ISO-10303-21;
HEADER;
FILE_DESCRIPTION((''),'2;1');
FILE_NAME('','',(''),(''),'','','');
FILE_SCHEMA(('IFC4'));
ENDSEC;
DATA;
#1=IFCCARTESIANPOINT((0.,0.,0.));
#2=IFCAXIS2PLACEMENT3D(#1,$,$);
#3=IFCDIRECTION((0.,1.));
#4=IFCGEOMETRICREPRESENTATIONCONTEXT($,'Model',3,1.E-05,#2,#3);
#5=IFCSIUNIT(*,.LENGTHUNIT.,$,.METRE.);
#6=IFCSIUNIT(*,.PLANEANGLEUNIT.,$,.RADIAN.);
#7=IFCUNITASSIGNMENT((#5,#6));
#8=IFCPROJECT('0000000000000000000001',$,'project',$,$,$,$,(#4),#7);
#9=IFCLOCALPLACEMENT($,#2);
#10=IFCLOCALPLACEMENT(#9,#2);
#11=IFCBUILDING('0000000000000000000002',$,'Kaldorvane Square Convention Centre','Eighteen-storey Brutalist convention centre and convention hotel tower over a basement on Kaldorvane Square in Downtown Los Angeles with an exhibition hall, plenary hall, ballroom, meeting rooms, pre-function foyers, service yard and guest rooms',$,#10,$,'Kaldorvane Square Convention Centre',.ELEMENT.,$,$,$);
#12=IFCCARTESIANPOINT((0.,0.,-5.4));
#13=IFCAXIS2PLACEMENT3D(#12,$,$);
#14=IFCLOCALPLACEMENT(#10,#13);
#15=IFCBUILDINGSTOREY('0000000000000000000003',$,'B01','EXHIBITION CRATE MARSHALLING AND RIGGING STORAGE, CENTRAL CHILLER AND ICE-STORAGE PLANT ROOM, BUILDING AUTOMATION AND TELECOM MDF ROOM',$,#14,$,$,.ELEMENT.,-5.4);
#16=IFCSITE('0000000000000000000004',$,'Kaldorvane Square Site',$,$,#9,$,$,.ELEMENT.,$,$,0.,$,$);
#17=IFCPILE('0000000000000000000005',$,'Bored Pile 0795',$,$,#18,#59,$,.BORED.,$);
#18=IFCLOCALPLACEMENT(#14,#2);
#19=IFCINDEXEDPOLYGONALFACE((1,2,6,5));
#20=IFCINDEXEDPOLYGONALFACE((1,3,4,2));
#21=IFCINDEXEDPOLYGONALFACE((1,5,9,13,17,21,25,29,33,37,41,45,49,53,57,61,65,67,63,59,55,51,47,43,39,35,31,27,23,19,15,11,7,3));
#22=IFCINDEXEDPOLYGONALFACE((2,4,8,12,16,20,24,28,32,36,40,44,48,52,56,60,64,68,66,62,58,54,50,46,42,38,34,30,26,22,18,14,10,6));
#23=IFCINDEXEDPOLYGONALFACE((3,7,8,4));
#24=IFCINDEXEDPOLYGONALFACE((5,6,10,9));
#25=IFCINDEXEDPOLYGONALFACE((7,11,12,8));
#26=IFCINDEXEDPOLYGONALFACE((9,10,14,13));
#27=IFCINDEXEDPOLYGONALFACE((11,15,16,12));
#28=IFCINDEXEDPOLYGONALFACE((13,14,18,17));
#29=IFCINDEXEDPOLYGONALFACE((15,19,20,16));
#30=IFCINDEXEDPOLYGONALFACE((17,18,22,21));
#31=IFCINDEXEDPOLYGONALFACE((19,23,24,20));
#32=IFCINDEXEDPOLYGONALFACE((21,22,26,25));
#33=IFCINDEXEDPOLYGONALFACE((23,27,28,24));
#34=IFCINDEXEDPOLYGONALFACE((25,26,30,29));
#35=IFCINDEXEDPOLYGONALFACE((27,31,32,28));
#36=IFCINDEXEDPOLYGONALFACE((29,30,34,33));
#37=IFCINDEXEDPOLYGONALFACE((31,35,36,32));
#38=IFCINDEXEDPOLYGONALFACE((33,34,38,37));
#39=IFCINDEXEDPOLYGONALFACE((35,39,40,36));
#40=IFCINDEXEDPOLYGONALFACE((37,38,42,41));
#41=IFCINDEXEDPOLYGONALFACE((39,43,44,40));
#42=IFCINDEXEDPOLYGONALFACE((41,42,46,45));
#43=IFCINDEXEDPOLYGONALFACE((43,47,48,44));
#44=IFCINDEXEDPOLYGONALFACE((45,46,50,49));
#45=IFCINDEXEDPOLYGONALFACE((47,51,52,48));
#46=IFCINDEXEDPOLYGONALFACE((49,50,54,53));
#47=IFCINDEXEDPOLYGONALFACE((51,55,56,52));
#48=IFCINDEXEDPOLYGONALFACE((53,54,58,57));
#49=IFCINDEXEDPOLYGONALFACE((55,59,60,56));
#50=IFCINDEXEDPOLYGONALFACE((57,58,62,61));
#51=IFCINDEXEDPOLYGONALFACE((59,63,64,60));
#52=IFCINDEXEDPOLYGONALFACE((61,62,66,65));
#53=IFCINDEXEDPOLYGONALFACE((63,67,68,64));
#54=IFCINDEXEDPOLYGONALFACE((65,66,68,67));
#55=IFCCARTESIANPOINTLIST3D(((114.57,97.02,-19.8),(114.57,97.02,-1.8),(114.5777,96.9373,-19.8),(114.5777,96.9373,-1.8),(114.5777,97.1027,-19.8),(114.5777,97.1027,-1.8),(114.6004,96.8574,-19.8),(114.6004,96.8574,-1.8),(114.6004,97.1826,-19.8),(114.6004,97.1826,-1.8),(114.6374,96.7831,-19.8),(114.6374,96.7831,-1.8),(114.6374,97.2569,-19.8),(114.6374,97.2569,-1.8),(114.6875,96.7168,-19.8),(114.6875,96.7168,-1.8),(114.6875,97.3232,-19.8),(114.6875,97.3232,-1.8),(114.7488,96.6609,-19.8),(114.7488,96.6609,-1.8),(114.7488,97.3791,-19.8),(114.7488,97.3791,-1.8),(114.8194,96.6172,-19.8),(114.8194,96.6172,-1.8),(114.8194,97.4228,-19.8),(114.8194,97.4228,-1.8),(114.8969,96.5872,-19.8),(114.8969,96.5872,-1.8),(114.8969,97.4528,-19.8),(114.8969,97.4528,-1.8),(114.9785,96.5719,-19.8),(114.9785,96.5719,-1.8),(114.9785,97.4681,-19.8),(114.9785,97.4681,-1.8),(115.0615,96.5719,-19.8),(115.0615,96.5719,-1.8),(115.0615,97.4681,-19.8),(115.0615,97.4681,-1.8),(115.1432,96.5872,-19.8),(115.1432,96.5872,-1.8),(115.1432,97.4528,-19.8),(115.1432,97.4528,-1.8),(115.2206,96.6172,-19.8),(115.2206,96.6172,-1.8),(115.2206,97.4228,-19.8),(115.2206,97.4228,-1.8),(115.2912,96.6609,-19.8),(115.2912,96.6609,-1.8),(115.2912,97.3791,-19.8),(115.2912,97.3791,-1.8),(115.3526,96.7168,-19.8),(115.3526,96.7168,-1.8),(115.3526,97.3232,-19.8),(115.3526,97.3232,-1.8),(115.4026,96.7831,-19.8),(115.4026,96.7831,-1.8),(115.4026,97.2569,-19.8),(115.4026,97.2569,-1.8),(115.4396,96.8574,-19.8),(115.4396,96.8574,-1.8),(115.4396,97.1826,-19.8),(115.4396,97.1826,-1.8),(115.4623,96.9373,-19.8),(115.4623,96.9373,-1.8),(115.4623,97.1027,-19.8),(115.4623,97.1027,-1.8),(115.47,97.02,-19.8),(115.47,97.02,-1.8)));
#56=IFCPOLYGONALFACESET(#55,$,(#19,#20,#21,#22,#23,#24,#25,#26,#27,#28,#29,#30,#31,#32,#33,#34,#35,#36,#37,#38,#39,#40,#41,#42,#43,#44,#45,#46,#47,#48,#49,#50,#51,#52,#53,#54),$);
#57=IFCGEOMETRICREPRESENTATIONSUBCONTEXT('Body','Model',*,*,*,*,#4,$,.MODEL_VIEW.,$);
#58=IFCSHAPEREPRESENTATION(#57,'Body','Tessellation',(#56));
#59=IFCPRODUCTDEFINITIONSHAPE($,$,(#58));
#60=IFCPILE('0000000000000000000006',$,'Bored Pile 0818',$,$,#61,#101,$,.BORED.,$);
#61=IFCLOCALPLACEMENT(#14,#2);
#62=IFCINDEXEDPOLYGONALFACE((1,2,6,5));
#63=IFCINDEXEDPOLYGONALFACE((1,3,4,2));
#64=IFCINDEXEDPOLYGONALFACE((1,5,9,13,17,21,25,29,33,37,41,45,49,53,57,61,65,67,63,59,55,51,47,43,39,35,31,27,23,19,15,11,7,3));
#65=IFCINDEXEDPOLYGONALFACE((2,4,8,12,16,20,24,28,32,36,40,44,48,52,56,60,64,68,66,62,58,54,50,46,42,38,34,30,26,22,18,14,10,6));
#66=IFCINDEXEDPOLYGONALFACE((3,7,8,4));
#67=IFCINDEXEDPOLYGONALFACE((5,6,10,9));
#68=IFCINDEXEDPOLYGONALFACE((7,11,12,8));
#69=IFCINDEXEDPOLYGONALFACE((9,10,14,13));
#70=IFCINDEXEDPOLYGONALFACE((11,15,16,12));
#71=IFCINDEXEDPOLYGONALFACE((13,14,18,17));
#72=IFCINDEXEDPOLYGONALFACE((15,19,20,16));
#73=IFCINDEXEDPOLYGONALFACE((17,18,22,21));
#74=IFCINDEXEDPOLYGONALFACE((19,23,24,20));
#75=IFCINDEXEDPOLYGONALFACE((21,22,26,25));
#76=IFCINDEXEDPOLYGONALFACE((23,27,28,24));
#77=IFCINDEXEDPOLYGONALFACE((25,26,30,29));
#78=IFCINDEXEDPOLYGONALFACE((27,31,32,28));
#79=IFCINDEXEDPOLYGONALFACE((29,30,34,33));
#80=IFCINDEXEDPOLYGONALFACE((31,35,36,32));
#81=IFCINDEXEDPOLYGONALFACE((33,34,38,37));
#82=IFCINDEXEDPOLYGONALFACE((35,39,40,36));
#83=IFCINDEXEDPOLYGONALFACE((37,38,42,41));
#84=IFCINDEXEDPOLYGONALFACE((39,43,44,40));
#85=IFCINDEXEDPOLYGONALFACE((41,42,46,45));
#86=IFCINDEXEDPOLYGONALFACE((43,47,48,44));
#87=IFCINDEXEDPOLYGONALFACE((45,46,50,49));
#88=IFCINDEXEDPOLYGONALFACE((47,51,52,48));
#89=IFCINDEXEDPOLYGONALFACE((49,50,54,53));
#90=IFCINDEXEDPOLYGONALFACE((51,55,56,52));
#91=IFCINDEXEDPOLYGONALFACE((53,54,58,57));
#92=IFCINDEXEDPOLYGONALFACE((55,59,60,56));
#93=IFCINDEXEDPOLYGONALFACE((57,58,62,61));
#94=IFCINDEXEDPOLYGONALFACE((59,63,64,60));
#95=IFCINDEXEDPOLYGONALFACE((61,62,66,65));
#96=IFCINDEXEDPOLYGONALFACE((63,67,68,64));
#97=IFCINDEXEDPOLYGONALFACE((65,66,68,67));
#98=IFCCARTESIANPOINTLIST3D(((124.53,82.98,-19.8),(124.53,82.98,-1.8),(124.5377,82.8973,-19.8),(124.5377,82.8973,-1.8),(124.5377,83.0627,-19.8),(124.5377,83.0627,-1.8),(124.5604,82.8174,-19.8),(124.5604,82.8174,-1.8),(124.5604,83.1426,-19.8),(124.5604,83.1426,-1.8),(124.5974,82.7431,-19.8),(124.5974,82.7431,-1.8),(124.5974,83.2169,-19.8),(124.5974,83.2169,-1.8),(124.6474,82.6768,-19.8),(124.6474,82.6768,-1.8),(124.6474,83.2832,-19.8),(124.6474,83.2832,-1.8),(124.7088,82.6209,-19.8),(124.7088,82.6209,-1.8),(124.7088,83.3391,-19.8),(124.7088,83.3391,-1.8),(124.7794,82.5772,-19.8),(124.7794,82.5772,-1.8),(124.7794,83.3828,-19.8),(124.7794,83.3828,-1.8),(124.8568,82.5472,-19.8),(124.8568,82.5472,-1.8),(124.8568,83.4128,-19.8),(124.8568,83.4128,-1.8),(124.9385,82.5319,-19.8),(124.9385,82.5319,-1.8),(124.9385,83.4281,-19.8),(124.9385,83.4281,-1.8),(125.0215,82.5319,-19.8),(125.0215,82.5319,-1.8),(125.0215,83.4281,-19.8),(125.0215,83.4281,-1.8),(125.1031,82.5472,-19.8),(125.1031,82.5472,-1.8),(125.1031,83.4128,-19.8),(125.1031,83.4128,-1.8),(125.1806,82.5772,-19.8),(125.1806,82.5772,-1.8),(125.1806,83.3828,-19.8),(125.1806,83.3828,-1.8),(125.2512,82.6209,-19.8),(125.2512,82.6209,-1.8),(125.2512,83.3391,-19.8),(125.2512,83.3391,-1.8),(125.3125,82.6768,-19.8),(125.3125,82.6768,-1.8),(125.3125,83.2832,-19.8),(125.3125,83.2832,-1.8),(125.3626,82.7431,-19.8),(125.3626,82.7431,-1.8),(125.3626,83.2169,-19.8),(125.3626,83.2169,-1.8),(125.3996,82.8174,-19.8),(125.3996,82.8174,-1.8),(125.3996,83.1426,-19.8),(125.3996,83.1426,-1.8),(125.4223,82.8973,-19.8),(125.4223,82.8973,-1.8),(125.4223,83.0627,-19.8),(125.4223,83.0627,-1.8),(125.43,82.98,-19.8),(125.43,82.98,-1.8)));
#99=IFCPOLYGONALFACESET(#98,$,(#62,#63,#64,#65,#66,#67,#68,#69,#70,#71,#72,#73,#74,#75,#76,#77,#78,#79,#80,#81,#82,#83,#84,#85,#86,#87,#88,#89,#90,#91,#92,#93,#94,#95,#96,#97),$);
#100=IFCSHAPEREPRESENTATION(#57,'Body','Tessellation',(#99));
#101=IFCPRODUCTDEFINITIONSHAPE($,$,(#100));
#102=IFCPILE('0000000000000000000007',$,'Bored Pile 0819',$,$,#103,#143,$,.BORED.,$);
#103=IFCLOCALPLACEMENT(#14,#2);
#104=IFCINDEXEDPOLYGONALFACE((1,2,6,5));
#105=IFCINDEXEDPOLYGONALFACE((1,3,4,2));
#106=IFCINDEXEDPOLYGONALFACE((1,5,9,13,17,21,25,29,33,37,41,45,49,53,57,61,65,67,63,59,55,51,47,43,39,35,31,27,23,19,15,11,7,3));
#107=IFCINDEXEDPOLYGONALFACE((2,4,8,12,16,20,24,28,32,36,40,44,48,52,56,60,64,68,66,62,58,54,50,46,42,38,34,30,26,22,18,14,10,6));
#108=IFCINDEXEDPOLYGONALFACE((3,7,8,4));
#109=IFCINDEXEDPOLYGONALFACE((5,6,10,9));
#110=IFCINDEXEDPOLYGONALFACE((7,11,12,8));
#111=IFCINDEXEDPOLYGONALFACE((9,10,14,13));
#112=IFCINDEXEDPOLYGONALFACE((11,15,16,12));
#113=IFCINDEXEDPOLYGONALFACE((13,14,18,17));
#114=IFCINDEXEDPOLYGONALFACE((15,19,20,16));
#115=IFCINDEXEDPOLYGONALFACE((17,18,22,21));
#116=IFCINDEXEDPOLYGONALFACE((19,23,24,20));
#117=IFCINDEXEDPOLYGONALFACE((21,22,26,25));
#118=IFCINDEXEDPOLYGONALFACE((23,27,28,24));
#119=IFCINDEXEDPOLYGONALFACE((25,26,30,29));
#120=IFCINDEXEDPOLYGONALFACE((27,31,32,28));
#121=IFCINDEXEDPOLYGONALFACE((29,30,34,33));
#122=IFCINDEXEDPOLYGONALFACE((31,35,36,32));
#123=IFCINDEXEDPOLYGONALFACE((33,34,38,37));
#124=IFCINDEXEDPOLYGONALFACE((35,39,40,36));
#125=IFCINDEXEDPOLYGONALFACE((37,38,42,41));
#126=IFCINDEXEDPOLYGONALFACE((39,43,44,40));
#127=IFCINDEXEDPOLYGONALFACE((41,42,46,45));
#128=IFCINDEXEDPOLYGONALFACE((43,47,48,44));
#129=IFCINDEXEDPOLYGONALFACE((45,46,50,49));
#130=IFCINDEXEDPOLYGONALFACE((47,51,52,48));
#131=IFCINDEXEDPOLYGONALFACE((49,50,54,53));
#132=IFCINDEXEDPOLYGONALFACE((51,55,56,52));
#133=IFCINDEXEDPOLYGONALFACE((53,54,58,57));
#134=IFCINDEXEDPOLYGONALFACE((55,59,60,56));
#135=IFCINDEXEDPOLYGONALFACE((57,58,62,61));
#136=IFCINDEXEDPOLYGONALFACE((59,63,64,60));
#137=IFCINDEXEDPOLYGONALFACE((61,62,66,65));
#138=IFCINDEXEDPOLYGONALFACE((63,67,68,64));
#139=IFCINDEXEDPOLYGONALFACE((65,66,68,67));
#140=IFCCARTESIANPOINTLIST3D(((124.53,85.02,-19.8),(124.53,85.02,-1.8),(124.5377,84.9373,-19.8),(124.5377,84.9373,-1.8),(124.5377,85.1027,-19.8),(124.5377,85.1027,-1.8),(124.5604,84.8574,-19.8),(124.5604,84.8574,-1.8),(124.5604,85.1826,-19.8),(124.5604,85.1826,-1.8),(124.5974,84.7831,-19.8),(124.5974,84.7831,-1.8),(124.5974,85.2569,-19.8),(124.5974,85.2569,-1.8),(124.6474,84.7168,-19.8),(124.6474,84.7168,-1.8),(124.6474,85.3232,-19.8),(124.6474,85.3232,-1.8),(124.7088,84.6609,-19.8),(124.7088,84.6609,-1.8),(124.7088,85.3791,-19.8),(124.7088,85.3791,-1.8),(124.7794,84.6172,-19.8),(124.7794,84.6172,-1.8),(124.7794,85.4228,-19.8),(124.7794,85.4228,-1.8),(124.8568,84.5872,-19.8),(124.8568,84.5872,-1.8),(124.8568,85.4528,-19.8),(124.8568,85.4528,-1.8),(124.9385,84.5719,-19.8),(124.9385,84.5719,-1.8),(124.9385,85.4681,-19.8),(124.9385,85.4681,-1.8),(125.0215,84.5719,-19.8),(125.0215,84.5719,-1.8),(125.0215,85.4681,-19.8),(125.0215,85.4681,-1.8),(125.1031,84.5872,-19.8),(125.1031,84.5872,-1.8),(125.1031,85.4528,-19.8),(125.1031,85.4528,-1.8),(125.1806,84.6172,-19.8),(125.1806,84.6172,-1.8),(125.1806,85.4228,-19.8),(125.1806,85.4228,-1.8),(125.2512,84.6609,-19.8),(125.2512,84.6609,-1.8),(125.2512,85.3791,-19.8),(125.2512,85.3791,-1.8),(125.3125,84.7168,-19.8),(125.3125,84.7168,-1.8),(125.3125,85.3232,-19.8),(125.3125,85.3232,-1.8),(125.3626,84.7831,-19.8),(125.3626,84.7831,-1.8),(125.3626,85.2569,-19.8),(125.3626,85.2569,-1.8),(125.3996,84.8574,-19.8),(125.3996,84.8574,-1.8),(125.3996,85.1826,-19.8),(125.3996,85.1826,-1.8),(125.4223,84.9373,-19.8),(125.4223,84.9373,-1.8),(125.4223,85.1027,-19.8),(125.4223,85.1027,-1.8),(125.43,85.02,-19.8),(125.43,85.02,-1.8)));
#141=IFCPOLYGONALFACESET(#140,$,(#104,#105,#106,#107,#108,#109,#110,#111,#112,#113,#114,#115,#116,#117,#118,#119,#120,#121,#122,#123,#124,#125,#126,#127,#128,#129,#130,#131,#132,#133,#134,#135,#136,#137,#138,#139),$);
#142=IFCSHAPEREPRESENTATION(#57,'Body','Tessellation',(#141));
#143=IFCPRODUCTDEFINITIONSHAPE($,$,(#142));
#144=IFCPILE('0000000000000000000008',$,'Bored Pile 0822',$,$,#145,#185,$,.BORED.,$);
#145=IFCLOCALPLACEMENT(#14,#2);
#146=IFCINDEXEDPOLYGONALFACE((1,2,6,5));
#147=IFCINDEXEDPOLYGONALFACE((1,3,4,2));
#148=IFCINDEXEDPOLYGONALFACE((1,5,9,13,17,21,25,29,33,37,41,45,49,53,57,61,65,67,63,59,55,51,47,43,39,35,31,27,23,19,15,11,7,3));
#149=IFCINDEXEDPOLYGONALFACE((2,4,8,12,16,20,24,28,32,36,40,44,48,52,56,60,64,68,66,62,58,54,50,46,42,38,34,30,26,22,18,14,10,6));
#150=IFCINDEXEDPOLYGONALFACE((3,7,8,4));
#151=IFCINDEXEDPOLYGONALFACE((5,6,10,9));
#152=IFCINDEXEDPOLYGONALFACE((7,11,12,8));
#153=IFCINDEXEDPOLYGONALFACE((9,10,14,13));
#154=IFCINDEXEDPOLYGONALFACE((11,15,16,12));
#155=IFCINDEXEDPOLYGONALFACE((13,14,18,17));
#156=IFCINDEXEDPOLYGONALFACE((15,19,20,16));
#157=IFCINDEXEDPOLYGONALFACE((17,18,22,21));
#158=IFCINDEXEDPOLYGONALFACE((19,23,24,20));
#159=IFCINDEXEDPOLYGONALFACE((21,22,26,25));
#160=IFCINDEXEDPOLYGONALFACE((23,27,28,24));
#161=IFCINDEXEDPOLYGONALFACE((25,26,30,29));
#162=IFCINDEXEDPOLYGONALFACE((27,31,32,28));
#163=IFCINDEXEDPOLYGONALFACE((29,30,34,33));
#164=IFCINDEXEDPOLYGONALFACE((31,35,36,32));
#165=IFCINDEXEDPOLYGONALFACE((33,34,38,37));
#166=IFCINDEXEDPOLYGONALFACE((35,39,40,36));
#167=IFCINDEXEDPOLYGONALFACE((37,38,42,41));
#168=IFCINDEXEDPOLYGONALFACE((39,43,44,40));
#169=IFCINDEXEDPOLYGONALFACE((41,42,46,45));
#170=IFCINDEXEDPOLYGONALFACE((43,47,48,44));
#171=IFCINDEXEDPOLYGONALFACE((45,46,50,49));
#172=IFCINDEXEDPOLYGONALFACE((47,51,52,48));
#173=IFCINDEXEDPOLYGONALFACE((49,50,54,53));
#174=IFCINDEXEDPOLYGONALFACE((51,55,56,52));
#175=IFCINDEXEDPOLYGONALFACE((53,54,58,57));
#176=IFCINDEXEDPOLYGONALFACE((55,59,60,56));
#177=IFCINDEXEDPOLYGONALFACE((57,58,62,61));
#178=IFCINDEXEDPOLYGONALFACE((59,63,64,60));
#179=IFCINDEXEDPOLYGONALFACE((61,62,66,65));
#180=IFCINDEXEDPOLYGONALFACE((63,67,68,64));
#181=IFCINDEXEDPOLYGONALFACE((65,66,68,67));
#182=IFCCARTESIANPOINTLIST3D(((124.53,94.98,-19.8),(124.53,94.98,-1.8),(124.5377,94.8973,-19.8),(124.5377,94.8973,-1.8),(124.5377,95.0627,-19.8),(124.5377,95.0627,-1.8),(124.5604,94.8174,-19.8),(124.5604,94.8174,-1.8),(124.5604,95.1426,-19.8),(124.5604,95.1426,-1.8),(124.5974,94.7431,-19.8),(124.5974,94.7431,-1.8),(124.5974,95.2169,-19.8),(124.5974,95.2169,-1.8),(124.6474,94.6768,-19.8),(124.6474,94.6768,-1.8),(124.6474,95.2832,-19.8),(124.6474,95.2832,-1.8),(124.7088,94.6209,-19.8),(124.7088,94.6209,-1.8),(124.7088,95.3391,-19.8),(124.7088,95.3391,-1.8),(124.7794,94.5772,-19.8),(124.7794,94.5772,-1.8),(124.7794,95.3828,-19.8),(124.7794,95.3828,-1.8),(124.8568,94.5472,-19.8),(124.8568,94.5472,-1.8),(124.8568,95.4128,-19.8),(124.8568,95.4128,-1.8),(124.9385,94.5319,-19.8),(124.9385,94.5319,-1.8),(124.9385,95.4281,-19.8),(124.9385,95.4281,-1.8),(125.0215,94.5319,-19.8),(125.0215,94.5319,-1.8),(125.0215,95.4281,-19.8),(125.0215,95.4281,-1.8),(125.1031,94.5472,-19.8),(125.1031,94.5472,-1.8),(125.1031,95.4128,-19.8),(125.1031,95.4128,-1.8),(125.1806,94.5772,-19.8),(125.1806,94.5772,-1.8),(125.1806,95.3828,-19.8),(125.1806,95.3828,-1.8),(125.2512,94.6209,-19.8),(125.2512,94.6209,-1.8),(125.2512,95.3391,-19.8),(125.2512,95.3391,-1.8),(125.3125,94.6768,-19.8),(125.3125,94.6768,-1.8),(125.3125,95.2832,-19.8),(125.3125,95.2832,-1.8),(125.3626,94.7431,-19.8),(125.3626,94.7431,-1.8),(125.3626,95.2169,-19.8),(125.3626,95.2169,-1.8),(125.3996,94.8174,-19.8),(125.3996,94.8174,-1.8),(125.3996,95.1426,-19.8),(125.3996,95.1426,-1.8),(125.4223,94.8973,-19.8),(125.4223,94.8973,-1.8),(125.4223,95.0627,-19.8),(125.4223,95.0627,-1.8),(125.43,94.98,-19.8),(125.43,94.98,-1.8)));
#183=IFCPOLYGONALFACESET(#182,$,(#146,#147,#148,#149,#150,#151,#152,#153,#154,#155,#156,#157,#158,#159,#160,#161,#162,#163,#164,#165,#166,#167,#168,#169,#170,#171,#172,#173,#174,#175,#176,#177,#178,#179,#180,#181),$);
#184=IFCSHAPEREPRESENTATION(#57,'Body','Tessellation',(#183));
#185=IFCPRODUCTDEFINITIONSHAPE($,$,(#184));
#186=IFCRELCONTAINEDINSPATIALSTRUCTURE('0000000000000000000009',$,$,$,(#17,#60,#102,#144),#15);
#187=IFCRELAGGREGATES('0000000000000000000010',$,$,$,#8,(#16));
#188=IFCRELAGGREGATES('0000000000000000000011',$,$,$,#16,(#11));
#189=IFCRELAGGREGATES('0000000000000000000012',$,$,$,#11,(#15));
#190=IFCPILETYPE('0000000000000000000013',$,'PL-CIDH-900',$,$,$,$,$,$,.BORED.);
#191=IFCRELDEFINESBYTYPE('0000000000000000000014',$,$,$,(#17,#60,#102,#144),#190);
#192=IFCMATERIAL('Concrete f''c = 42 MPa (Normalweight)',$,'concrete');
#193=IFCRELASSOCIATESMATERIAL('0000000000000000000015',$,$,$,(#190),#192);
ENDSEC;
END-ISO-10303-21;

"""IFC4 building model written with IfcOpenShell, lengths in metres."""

from ifc_helpers import new_model, si_unit, direction, frame, origin, origin_2d, place, context, subcontext, project, spatial, circle, extrude, material, material_profile, profile_set, type_object, element, save


model = new_model("IFC4")

# Units and contexts
model_context = context("Model", 3, precision=1e-05, world=origin(), true_north=direction((0.0, 1.0)))
body_context = subcontext(model_context, "Body", "Model", "MODEL_VIEW")
ifc_project = project(units=[si_unit("LENGTHUNIT", "METRE"), si_unit("PLANEANGLEUNIT", "RADIAN")], contexts=[model_context])

# Site, building, storey
site_placement = place(None, origin())
site = spatial("IfcSite", under=ifc_project, at=site_placement, Name="Kaldorvane Square Site", CompositionType="ELEMENT", RefElevation=0.0)
building_placement = place(site_placement, origin())
building = spatial("IfcBuilding", under=site, at=building_placement, Name="Kaldorvane Square Convention Centre", Description="Eighteen-storey Brutalist convention centre and convention hotel tower over a basement on Kaldorvane Square in Downtown Los Angeles with an exhibition hall, plenary hall, ballroom, meeting rooms, pre-function foyers, service yard and guest rooms", LongName="Kaldorvane Square Convention Centre", CompositionType="ELEMENT")
storey_placement = place(building_placement, frame((0.0, 0.0, -5.4)))
storey = spatial("IfcBuildingStorey", under=building, at=storey_placement, Name="B01", Description="EXHIBITION CRATE MARSHALLING AND RIGGING STORAGE, CENTRAL CHILLER AND ICE-STORAGE PLANT ROOM, BUILDING AUTOMATION AND TELECOM MDF ROOM", CompositionType="ELEMENT", Elevation=-5.4)

# Shared definitions
ifc_material_1 = material(Name="Concrete f'c = 42 MPa (Normalweight)", Category="concrete")

# Piles
ifc_material_profile_1 = material_profile(ifc_material_1, circle(Radius=0.45, at=origin_2d()), Name="PILE-D900")
ifc_profile_set_1 = profile_set([ifc_material_profile_1], Name="Concrete f'c = 42 MPa (Normalweight)")
pile_type = type_object("IfcPileType", Name="PL-CIDH-900", PredefinedType="BORED", material=ifc_profile_set_1)
for number, where, z_axis, x_axis, name in (
    (1, (115.02, 97.02, -1.8), (0.0, 0.0, -1.0), (1.0, 0.0, 0.0), "Bored Pile 0795"),
    (2, (124.98, 82.98, -1.8), (0.0, 0.0, -1.0), (1.0, 0.0, 0.0), "Bored Pile 0818"),
    (3, (124.98, 85.02, -1.8), (0.0, 0.0, -1.0), (1.0, 0.0, 0.0), "Bored Pile 0819"),
    (4, (124.98, 94.98, -1.8), (0.0, 0.0, -1.0), (1.0, 0.0, 0.0), "Bored Pile 0822"),
):
    element("IfcPile", number, at=place(storey_placement, frame(where, z_axis=z_axis, x_axis=x_axis)), inside=storey, type_object=pile_type, Name=name, PredefinedType="BORED", context=body_context, shape_type="SweptSolid", body=[
        extrude(circle(Radius=0.45, at=origin_2d()), origin(), (0.0, 0.0, 1.0), 18.0),
    ])

save(model, "model.ifc")
